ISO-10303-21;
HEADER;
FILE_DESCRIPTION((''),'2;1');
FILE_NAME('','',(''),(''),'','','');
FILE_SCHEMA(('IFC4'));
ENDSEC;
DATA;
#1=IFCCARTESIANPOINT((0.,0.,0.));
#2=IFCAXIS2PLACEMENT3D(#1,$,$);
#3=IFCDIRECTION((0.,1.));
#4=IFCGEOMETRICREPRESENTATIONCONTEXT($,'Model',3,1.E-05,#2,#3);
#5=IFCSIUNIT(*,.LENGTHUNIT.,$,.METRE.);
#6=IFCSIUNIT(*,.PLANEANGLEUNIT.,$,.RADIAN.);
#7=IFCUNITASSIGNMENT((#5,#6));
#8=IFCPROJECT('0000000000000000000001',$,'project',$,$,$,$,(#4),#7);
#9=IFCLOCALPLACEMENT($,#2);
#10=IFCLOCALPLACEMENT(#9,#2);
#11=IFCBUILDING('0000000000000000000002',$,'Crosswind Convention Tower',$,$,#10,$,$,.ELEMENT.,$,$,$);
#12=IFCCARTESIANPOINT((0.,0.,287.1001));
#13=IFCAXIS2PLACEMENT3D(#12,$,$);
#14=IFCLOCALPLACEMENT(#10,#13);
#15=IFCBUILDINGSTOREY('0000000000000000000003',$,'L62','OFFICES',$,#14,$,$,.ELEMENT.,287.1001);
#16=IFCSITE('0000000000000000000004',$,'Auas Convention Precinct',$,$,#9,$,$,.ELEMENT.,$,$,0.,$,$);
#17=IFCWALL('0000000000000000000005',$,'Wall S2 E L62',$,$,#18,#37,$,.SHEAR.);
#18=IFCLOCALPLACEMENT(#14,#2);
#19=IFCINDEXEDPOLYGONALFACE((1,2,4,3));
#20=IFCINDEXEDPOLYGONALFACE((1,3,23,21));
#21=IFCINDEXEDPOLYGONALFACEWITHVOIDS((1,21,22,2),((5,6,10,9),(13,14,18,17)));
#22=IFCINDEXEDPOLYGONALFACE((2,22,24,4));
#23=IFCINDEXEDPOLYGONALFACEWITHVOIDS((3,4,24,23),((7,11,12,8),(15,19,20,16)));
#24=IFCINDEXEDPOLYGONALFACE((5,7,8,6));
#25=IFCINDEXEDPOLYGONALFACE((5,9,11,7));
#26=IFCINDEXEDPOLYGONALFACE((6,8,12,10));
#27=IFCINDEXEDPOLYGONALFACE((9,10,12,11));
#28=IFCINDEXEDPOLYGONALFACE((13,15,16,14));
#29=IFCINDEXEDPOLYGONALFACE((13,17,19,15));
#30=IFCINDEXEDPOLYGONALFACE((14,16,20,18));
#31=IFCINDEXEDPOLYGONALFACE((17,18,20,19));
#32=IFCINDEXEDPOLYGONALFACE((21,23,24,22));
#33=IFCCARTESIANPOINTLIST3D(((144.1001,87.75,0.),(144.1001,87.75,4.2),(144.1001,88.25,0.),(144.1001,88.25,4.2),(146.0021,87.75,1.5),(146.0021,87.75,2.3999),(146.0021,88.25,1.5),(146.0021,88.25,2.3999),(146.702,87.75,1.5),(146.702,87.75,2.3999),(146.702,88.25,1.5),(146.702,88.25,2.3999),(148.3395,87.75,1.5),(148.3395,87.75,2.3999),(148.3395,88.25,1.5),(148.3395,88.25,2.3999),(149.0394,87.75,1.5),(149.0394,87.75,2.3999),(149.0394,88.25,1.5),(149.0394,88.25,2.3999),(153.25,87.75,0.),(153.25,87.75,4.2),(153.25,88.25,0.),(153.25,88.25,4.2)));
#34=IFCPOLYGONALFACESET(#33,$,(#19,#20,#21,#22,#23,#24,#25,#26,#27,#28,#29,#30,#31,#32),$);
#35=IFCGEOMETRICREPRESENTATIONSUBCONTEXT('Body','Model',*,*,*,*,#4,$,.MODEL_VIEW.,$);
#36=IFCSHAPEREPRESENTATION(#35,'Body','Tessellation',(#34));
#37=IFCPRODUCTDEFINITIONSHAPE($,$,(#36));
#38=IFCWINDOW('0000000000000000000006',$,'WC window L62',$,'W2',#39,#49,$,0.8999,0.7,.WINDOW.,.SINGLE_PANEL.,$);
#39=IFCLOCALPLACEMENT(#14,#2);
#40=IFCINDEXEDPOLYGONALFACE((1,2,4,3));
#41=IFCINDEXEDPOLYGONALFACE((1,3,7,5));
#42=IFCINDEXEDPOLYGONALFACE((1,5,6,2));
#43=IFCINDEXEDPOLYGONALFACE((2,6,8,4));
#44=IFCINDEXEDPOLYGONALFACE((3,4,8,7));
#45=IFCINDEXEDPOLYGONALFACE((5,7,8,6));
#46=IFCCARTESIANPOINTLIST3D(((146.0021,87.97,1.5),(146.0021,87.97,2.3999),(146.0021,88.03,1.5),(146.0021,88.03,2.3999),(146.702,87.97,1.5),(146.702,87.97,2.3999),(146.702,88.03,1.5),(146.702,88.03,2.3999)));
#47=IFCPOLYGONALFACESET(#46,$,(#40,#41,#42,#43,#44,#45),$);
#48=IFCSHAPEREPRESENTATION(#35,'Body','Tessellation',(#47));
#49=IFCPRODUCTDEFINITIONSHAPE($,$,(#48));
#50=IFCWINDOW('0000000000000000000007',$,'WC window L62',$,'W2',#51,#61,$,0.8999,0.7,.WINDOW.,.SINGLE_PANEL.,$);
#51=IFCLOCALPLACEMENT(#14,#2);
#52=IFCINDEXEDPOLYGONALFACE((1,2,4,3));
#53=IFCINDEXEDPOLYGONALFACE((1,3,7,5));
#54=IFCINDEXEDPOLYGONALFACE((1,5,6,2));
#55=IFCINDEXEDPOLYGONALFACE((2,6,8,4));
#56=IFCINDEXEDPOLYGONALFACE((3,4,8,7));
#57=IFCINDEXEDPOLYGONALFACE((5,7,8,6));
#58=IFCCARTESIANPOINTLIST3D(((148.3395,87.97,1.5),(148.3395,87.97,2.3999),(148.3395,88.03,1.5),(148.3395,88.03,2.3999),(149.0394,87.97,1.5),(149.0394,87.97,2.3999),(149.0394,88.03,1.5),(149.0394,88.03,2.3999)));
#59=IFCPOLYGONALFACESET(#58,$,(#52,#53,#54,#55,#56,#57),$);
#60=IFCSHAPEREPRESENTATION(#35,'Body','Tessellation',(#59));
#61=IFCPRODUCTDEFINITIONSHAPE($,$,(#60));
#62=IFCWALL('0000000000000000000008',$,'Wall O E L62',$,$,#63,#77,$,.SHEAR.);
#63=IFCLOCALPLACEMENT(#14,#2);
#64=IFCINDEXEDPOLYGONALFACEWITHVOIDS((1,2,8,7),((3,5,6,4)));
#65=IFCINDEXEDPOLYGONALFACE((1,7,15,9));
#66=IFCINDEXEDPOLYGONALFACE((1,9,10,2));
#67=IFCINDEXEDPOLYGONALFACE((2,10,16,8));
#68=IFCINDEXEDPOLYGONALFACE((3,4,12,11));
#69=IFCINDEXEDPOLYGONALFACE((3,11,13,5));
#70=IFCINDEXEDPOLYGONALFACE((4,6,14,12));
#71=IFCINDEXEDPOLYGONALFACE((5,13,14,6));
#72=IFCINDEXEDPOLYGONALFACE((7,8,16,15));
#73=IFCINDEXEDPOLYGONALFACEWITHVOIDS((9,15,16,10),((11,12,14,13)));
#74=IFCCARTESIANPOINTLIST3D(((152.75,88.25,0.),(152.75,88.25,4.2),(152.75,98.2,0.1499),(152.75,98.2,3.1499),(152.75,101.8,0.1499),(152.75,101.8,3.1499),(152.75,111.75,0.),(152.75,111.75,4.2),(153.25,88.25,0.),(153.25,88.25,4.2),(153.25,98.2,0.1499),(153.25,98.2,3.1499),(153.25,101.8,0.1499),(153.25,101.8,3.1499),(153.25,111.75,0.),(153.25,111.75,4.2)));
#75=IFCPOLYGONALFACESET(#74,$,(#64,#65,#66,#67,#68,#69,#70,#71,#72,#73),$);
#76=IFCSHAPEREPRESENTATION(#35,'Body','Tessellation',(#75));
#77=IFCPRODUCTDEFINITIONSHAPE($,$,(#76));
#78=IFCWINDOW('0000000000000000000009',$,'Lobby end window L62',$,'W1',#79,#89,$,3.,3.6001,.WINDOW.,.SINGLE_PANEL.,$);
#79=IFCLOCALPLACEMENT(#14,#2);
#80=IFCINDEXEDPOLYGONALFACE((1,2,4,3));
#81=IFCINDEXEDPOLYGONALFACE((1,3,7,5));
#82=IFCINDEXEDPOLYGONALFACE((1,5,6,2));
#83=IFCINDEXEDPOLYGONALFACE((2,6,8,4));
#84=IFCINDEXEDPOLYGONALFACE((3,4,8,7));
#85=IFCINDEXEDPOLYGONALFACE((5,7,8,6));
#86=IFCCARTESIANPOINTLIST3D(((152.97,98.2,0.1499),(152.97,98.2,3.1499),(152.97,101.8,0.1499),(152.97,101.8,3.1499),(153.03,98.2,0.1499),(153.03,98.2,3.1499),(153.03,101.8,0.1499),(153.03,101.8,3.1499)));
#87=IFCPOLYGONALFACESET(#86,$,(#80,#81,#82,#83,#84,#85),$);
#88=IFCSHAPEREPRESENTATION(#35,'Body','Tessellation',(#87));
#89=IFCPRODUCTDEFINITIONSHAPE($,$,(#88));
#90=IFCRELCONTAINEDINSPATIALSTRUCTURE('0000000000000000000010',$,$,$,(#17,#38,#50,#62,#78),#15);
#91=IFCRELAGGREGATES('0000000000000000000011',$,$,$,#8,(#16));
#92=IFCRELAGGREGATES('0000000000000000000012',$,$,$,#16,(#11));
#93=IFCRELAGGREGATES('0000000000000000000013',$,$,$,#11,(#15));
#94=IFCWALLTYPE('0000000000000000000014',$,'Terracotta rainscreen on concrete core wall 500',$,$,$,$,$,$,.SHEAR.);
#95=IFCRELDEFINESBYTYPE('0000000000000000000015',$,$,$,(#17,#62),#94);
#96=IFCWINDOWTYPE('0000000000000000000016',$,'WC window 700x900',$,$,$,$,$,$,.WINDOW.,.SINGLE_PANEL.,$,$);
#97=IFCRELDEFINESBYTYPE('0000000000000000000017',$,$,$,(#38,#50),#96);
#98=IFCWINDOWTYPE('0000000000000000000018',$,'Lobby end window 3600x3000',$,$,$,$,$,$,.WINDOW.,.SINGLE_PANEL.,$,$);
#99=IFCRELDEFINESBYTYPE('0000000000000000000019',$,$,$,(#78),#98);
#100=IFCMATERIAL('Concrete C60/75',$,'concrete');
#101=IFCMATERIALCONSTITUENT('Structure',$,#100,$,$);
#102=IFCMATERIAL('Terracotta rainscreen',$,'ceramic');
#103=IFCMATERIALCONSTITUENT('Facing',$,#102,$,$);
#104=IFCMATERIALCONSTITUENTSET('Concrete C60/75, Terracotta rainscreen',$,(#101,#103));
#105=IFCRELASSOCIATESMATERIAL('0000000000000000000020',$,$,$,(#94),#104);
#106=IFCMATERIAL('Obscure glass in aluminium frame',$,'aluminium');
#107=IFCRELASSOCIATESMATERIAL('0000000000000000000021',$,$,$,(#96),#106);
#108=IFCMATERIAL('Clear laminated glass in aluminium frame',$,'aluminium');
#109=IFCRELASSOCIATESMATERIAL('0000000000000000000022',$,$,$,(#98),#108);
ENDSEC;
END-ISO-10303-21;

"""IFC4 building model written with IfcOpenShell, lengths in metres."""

from ifc_helpers import new_model, si_unit, direction, frame, frame_2d, origin, place, context, subcontext, project, spatial, rectangle, extrude, material, constituent, constituent_set, type_object, element, fill, save


model = new_model("IFC4")

# Units and contexts
model_context = context("Model", 3, precision=1e-05, world=origin(), true_north=direction((0.0, 1.0)))
body_context = subcontext(model_context, "Body", "Model", "MODEL_VIEW")
ifc_project = project(units=[si_unit("LENGTHUNIT", "METRE"), si_unit("PLANEANGLEUNIT", "RADIAN")], contexts=[model_context])

# Site, building, storey
site_placement = place(None, origin())
site = spatial("IfcSite", under=ifc_project, at=site_placement, Name="Auas Convention Precinct", CompositionType="ELEMENT", RefElevation=0.0)
building_placement = place(site_placement, origin())
building = spatial("IfcBuilding", under=site, at=building_placement, Name="Crosswind Convention Tower", CompositionType="ELEMENT")
storey_placement = place(building_placement, frame((0.0, 0.0, 287.1001)))
storey = spatial("IfcBuildingStorey", under=building, at=storey_placement, Name="L62", Description="OFFICES", CompositionType="ELEMENT", Elevation=287.1001)

# Wall, openings, windows
ifc_material_1 = material(Name="Concrete C60/75", Category="concrete")
ifc_constituent_1 = constituent(ifc_material_1, Name="Structure")
ifc_material_2 = material(Name="Terracotta rainscreen", Category="ceramic")
ifc_constituent_2 = constituent(ifc_material_2, Name="Facing")
ifc_constituent_set = constituent_set(constituents=[ifc_constituent_1, ifc_constituent_2], Name="Concrete C60/75, Terracotta rainscreen")
wall_type_1 = type_object("IfcWallType", Name="Terracotta rainscreen on concrete core wall 500", PredefinedType="SHEAR", material=ifc_constituent_set)
wall_1_placement = place(storey_placement, frame((144.1001, 88.0, 0.0), z_axis=(0.0, 0.0, 1.0), x_axis=(1.0, 0.0, 0.0)))
wall_1 = element("IfcWall", 1, at=wall_1_placement, inside=storey, type_object=wall_type_1, Name="Wall S2 E L62", PredefinedType="SHEAR", context=body_context, shape_type="SweptSolid", body=[
    extrude(rectangle(XDim=9.1499, YDim=0.5, at=frame_2d((4.575, 0.0))), origin(), (0.0, 0.0, 1.0), 4.2),
])
opening_1_placement = place(wall_1_placement, frame((1.9019, 0.0, 1.5)))
opening_1 = element("IfcOpeningElement", 2, at=opening_1_placement, cuts=wall_1, PredefinedType="OPENING", context=body_context, shape_type="SweptSolid", body=[
    extrude(rectangle(XDim=0.7, YDim=0.8999, at=frame_2d((0.3501, 0.45))), frame((0.0, 0.26, 0.0), z_axis=(0.0, -1.0, 0.0), x_axis=(1.0, 0.0, 0.0)), (0.0, 0.0, 1.0), 0.52),
])
opening_2_placement = place(wall_1_placement, frame((4.2393, 0.0, 1.5)))
opening_2 = element("IfcOpeningElement", 3, at=opening_2_placement, cuts=wall_1, PredefinedType="OPENING", context=body_context, shape_type="SweptSolid", body=[
    extrude(rectangle(XDim=0.7, YDim=0.8999, at=frame_2d((0.3501, 0.45))), frame((0.0, 0.26, 0.0), z_axis=(0.0, -1.0, 0.0), x_axis=(1.0, 0.0, 0.0)), (0.0, 0.0, 1.0), 0.52),
])
ifc_material_3 = material(Name="Obscure glass in aluminium frame", Category="aluminium")
window_type_1 = type_object("IfcWindowType", Name="WC window 700x900", PartitioningType="SINGLE_PANEL", PredefinedType="WINDOW", material=ifc_material_3)
window_1_placement = place(opening_1_placement, origin())
window_1 = element("IfcWindow", 4, at=window_1_placement, inside=storey, type_object=window_type_1, Name="WC window L62", ObjectType="W2", OverallHeight=0.8999, OverallWidth=0.7, PartitioningType="SINGLE_PANEL", PredefinedType="WINDOW", context=body_context, shape_type="SweptSolid", body=[
    extrude(rectangle(XDim=0.7, YDim=0.8999, at=frame_2d((0.3501, 0.45))), frame((0.0, 0.03, 0.0), z_axis=(0.0, -1.0, 0.0), x_axis=(1.0, 0.0, 0.0)), (0.0, 0.0, 1.0), 0.0601),
])
fill(opening_1, window_1)
window_2_placement = place(opening_2_placement, origin())
window_2 = element("IfcWindow", 5, at=window_2_placement, inside=storey, type_object=window_type_1, Name="WC window L62", ObjectType="W2", OverallHeight=0.8999, OverallWidth=0.7, PartitioningType="SINGLE_PANEL", PredefinedType="WINDOW", context=body_context, shape_type="SweptSolid", body=[
    extrude(rectangle(XDim=0.7, YDim=0.8999, at=frame_2d((0.3501, 0.45))), frame((0.0, 0.03, 0.0), z_axis=(0.0, -1.0, 0.0), x_axis=(1.0, 0.0, 0.0)), (0.0, 0.0, 1.0), 0.0601),
])
fill(opening_2, window_2)

# Wall, opening, window
wall_2_placement = place(storey_placement, frame((153.0, 88.25, 0.0), z_axis=(0.0, 0.0, 1.0), x_axis=(0.0, 1.0, 0.0)))
wall_2 = element("IfcWall", 6, at=wall_2_placement, inside=storey, type_object=wall_type_1, Name="Wall O E L62", PredefinedType="SHEAR", context=body_context, shape_type="SweptSolid", body=[
    extrude(rectangle(XDim=23.5, YDim=0.5, at=frame_2d((11.75, 0.0))), origin(), (0.0, 0.0, 1.0), 4.2),
])
opening_3_placement = place(wall_2_placement, frame((9.95, 0.0, 0.1499)))
opening_3 = element("IfcOpeningElement", 7, at=opening_3_placement, cuts=wall_2, PredefinedType="OPENING", context=body_context, shape_type="SweptSolid", body=[
    extrude(rectangle(XDim=3.6001, YDim=3.0, at=frame_2d((1.8, 1.5))), frame((0.0, 0.26, 0.0), z_axis=(0.0, -1.0, 0.0), x_axis=(1.0, 0.0, 0.0)), (0.0, 0.0, 1.0), 0.52),
])
ifc_material_4 = material(Name="Clear laminated glass in aluminium frame", Category="aluminium")
window_type_2 = type_object("IfcWindowType", Name="Lobby end window 3600x3000", PartitioningType="SINGLE_PANEL", PredefinedType="WINDOW", material=ifc_material_4)
window_3_placement = place(opening_3_placement, origin())
window_3 = element("IfcWindow", 8, at=window_3_placement, inside=storey, type_object=window_type_2, Name="Lobby end window L62", ObjectType="W1", OverallHeight=3.0, OverallWidth=3.6001, PartitioningType="SINGLE_PANEL", PredefinedType="WINDOW", context=body_context, shape_type="SweptSolid", body=[
    extrude(rectangle(XDim=3.6001, YDim=3.0, at=frame_2d((1.8, 1.5))), frame((0.0, 0.03, 0.0), z_axis=(0.0, -1.0, 0.0), x_axis=(1.0, 0.0, 0.0)), (0.0, 0.0, 1.0), 0.0601),
])
fill(opening_3, window_3)

save(model, "model.ifc")
